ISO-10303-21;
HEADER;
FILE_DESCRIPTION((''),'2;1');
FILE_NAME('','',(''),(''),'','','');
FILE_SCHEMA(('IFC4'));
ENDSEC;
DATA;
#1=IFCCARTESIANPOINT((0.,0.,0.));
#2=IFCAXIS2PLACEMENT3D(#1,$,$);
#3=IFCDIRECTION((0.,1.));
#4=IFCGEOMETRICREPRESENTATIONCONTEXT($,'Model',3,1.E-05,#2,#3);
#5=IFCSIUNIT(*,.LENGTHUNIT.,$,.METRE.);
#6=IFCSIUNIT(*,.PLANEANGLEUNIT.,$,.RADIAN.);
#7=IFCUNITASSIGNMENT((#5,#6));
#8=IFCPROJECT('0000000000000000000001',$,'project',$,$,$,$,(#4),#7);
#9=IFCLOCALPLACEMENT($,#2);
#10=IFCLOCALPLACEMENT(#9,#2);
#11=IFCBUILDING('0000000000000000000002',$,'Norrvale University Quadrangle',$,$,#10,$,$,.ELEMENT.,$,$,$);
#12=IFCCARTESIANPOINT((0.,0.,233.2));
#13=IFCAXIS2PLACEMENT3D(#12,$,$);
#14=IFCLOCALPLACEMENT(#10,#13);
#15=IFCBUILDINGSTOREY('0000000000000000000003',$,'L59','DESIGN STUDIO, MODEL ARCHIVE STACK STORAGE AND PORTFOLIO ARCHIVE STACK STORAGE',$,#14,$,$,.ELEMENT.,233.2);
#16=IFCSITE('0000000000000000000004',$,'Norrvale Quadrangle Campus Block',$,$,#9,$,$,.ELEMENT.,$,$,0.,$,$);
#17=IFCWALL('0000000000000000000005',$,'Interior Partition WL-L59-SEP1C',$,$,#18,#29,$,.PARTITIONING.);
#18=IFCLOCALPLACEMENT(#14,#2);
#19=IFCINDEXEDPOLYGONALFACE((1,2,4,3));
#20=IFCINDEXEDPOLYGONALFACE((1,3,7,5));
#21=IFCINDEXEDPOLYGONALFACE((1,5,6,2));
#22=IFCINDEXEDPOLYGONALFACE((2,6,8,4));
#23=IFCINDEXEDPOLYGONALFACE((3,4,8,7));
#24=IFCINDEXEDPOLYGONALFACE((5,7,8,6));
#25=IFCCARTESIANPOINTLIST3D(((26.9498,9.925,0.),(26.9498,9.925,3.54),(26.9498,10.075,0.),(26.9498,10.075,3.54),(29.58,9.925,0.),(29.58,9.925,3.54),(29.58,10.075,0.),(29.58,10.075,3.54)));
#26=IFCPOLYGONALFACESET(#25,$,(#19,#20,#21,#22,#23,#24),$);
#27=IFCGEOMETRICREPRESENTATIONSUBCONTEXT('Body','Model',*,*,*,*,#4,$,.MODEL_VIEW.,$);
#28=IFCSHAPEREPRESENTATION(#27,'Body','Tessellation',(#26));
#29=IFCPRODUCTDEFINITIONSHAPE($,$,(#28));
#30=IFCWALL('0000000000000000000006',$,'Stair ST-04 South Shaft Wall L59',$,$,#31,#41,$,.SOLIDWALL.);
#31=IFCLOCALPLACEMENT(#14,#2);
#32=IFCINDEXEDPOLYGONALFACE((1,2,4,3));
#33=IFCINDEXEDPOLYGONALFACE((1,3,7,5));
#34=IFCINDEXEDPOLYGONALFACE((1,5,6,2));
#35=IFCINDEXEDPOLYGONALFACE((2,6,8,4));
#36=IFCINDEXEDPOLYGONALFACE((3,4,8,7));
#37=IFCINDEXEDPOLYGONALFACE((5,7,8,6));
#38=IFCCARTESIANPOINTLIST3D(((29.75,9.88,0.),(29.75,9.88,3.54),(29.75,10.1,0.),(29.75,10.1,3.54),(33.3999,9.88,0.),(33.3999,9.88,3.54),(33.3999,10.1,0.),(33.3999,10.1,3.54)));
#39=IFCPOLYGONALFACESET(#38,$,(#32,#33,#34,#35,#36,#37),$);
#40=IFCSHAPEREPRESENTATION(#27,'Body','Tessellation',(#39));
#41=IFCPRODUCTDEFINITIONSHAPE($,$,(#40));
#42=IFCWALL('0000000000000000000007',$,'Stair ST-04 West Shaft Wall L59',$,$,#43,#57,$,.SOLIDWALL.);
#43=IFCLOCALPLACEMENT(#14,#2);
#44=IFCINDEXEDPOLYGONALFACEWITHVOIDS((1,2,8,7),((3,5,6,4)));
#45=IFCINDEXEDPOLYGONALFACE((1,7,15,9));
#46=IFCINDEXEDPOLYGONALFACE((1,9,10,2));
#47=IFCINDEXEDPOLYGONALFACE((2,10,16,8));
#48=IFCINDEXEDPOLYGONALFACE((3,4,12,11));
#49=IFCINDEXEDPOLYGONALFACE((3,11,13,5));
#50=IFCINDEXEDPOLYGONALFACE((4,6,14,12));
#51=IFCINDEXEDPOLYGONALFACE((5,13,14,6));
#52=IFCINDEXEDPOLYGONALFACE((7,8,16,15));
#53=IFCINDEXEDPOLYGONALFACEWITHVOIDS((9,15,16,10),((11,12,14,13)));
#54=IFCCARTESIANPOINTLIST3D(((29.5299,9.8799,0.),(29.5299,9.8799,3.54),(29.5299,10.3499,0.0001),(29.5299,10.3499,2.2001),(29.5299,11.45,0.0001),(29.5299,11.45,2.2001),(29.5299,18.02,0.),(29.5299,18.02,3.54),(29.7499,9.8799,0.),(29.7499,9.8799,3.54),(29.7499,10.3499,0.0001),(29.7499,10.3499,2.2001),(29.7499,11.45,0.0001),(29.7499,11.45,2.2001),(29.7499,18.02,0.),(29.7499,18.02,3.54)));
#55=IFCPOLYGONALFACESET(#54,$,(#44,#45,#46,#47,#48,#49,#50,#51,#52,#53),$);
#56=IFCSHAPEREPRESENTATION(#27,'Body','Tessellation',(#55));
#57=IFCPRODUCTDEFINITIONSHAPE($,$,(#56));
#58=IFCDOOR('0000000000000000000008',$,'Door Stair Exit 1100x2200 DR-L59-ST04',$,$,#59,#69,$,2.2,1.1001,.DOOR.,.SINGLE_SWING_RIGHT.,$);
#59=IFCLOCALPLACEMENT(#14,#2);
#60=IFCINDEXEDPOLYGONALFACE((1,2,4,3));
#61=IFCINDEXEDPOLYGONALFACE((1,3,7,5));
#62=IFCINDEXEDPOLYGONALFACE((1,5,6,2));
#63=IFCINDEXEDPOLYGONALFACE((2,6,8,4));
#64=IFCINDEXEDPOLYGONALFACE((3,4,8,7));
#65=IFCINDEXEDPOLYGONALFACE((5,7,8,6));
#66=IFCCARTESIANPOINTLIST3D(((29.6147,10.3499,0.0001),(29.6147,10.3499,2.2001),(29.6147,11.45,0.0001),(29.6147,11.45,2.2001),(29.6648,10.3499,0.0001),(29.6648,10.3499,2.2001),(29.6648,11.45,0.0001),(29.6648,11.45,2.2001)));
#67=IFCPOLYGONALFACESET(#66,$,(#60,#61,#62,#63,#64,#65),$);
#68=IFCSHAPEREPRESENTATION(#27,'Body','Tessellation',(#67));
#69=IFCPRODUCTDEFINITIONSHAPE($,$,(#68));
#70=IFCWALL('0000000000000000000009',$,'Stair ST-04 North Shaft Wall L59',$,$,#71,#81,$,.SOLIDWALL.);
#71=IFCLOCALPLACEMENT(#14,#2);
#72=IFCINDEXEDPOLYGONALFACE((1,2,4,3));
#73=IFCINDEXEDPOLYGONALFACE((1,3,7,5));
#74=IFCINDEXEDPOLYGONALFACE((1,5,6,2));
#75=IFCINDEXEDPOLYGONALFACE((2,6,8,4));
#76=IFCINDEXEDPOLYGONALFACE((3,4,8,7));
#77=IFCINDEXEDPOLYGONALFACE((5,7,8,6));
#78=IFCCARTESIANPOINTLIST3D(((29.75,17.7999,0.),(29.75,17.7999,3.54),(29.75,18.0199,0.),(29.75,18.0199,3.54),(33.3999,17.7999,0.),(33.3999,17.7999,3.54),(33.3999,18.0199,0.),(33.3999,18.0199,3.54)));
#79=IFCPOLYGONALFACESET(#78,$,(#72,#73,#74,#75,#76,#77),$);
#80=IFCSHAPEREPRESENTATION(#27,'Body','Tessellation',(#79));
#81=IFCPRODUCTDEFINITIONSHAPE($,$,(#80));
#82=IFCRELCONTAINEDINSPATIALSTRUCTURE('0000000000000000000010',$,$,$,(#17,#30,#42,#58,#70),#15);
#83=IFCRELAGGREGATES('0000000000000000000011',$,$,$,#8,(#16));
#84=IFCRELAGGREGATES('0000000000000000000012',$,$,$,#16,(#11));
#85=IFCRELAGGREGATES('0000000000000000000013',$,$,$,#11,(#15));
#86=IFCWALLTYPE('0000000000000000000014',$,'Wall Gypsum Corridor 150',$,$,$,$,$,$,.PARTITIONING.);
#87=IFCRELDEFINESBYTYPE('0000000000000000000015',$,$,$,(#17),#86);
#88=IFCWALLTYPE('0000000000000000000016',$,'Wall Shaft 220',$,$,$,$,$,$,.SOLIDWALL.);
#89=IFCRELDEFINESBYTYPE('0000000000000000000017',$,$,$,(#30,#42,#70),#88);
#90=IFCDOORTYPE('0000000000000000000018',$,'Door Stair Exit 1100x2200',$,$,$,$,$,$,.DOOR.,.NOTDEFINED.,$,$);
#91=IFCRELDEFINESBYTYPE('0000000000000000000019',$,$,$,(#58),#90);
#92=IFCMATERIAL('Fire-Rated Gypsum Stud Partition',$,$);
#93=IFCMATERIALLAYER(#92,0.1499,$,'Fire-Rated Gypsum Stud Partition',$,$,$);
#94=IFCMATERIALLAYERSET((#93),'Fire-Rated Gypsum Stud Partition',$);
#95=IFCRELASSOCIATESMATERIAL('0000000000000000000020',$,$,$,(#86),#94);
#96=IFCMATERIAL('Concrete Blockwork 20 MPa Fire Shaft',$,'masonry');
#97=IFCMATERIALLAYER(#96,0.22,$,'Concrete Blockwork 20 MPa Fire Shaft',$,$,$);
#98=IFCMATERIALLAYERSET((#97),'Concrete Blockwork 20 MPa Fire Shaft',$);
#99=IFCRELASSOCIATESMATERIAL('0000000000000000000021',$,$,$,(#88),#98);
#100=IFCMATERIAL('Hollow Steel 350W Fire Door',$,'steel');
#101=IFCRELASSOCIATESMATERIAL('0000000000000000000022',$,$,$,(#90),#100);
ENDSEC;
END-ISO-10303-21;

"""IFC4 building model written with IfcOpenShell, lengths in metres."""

from ifc_helpers import new_model, si_unit, direction, frame, frame_2d, origin, place, context, subcontext, project, spatial, rectangle, extrude, material, layer, layer_set, type_object, element, fill, save


model = new_model("IFC4")

# Units and contexts
model_context = context("Model", 3, precision=1e-05, world=origin(), true_north=direction((0.0, 1.0)))
body_context = subcontext(model_context, "Body", "Model", "MODEL_VIEW")
ifc_project = project(units=[si_unit("LENGTHUNIT", "METRE"), si_unit("PLANEANGLEUNIT", "RADIAN")], contexts=[model_context])

# Site, building, storey
site_placement = place(None, origin())
site = spatial("IfcSite", under=ifc_project, at=site_placement, Name="Norrvale Quadrangle Campus Block", CompositionType="ELEMENT", RefElevation=0.0)
building_placement = place(site_placement, origin())
building = spatial("IfcBuilding", under=site, at=building_placement, Name="Norrvale University Quadrangle", CompositionType="ELEMENT")
storey_placement = place(building_placement, frame((0.0, 0.0, 233.2)))
storey = spatial("IfcBuildingStorey", under=building, at=storey_placement, Name="L59", Description="DESIGN STUDIO, MODEL ARCHIVE STACK STORAGE AND PORTFOLIO ARCHIVE STACK STORAGE", CompositionType="ELEMENT", Elevation=233.2)

# Shared definitions
ifc_material_1 = material(Name="Fire-Rated Gypsum Stud Partition")
ifc_layer_1 = layer(ifc_material_1, 0.1499, Name="Fire-Rated Gypsum Stud Partition")
ifc_layer_set_1 = layer_set([ifc_layer_1], Name="Fire-Rated Gypsum Stud Partition")
wall_type_1 = type_object("IfcWallType", Name="Wall Gypsum Corridor 150", PredefinedType="PARTITIONING", material=ifc_layer_set_1)

# Walls
wall_1_placement = place(storey_placement, frame((26.95, 10.0, 0.0), z_axis=(0.0, 0.0, 1.0), x_axis=(1.0, 0.0, 0.0)))
element("IfcWall", 1, at=wall_1_placement, inside=storey, type_object=wall_type_1, Name="Interior Partition WL-L59-SEP1C", PredefinedType="PARTITIONING", context=body_context, shape_type="SweptSolid", body=[
    extrude(rectangle(XDim=2.6301, YDim=0.1499, at=frame_2d((1.3149, 0.0))), origin(), (0.0, 0.0, 1.0), 3.54),
])
ifc_material_2 = material(Name="Concrete Blockwork 20 MPa Fire Shaft", Category="masonry")
ifc_layer_2 = layer(ifc_material_2, 0.22, Name="Concrete Blockwork 20 MPa Fire Shaft")
ifc_layer_set_2 = layer_set([ifc_layer_2], Name="Concrete Blockwork 20 MPa Fire Shaft")
wall_type_2 = type_object("IfcWallType", Name="Wall Shaft 220", PredefinedType="SOLIDWALL", material=ifc_layer_set_2)
wall_2_placement = place(storey_placement, frame((29.75, 9.99, 0.0), z_axis=(0.0, 0.0, 1.0), x_axis=(1.0, 0.0, 0.0)))
element("IfcWall", 2, at=wall_2_placement, inside=storey, type_object=wall_type_2, Name="Stair ST-04 South Shaft Wall L59", PredefinedType="SOLIDWALL", context=body_context, shape_type="SweptSolid", body=[
    extrude(rectangle(XDim=3.6499, YDim=0.22, at=frame_2d((1.825, 0.0))), origin(), (0.0, 0.0, 1.0), 3.54),
])

# Wall, opening, door
wall_3_placement = place(storey_placement, frame((29.6399, 9.8799, 0.0), z_axis=(0.0, 0.0, 1.0), x_axis=(0.0, 1.0, 0.0)))
wall_3 = element("IfcWall", 3, at=wall_3_placement, inside=storey, type_object=wall_type_2, Name="Stair ST-04 West Shaft Wall L59", PredefinedType="SOLIDWALL", context=body_context, shape_type="SweptSolid", body=[
    extrude(rectangle(XDim=8.1401, YDim=0.22, at=frame_2d((4.0701, 0.0))), origin(), (0.0, 0.0, 1.0), 3.54),
])
opening_1_placement = place(wall_3_placement, frame((0.47, 0.0, 0.0)))
opening_1 = element("IfcOpeningElement", 4, at=opening_1_placement, cuts=wall_3, PredefinedType="OPENING", context=body_context, shape_type="SweptSolid", body=[
    extrude(rectangle(XDim=1.1001, YDim=2.2, at=frame_2d((0.55, 1.1001))), frame((0.0, 0.1221, 0.0), z_axis=(0.0, -1.0, 0.0), x_axis=(1.0, 0.0, 0.0)), (0.0, 0.0, 1.0), 0.2439),
])
ifc_material_3 = material(Name="Hollow Steel 350W Fire Door", Category="steel")
door_type_1 = type_object("IfcDoorType", Name="Door Stair Exit 1100x2200", OperationType="NOTDEFINED", PredefinedType="DOOR", material=ifc_material_3)
door_1_placement = place(opening_1_placement, frame((1.1001, 0.0, 0.0), z_axis=(0.0, 0.0, 1.0), x_axis=(-1.0, 0.0, 0.0)))
door_1 = element("IfcDoor", 5, at=door_1_placement, inside=storey, type_object=door_type_1, Name="Door Stair Exit 1100x2200 DR-L59-ST04", OperationType="SINGLE_SWING_RIGHT", OverallHeight=2.2, OverallWidth=1.1001, PredefinedType="DOOR", context=body_context, shape_type="SweptSolid", body=[
    extrude(rectangle(XDim=1.1001, YDim=2.2, at=frame_2d((0.55, 1.1001))), frame((0.0, 0.0249, 0.0), z_axis=(0.0, -1.0, 0.0), x_axis=(1.0, 0.0, 0.0)), (0.0, 0.0, 1.0), 0.05),
])
fill(opening_1, door_1)

# Wall
wall_4_placement = place(storey_placement, frame((29.75, 17.9099, 0.0), z_axis=(0.0, 0.0, 1.0), x_axis=(1.0, 0.0, 0.0)))
element("IfcWall", 6, at=wall_4_placement, inside=storey, type_object=wall_type_2, Name="Stair ST-04 North Shaft Wall L59", PredefinedType="SOLIDWALL", context=body_context, shape_type="SweptSolid", body=[
    extrude(rectangle(XDim=3.6499, YDim=0.22, at=frame_2d((1.825, 0.0))), origin(), (0.0, 0.0, 1.0), 3.54),
])

save(model, "model.ifc")
